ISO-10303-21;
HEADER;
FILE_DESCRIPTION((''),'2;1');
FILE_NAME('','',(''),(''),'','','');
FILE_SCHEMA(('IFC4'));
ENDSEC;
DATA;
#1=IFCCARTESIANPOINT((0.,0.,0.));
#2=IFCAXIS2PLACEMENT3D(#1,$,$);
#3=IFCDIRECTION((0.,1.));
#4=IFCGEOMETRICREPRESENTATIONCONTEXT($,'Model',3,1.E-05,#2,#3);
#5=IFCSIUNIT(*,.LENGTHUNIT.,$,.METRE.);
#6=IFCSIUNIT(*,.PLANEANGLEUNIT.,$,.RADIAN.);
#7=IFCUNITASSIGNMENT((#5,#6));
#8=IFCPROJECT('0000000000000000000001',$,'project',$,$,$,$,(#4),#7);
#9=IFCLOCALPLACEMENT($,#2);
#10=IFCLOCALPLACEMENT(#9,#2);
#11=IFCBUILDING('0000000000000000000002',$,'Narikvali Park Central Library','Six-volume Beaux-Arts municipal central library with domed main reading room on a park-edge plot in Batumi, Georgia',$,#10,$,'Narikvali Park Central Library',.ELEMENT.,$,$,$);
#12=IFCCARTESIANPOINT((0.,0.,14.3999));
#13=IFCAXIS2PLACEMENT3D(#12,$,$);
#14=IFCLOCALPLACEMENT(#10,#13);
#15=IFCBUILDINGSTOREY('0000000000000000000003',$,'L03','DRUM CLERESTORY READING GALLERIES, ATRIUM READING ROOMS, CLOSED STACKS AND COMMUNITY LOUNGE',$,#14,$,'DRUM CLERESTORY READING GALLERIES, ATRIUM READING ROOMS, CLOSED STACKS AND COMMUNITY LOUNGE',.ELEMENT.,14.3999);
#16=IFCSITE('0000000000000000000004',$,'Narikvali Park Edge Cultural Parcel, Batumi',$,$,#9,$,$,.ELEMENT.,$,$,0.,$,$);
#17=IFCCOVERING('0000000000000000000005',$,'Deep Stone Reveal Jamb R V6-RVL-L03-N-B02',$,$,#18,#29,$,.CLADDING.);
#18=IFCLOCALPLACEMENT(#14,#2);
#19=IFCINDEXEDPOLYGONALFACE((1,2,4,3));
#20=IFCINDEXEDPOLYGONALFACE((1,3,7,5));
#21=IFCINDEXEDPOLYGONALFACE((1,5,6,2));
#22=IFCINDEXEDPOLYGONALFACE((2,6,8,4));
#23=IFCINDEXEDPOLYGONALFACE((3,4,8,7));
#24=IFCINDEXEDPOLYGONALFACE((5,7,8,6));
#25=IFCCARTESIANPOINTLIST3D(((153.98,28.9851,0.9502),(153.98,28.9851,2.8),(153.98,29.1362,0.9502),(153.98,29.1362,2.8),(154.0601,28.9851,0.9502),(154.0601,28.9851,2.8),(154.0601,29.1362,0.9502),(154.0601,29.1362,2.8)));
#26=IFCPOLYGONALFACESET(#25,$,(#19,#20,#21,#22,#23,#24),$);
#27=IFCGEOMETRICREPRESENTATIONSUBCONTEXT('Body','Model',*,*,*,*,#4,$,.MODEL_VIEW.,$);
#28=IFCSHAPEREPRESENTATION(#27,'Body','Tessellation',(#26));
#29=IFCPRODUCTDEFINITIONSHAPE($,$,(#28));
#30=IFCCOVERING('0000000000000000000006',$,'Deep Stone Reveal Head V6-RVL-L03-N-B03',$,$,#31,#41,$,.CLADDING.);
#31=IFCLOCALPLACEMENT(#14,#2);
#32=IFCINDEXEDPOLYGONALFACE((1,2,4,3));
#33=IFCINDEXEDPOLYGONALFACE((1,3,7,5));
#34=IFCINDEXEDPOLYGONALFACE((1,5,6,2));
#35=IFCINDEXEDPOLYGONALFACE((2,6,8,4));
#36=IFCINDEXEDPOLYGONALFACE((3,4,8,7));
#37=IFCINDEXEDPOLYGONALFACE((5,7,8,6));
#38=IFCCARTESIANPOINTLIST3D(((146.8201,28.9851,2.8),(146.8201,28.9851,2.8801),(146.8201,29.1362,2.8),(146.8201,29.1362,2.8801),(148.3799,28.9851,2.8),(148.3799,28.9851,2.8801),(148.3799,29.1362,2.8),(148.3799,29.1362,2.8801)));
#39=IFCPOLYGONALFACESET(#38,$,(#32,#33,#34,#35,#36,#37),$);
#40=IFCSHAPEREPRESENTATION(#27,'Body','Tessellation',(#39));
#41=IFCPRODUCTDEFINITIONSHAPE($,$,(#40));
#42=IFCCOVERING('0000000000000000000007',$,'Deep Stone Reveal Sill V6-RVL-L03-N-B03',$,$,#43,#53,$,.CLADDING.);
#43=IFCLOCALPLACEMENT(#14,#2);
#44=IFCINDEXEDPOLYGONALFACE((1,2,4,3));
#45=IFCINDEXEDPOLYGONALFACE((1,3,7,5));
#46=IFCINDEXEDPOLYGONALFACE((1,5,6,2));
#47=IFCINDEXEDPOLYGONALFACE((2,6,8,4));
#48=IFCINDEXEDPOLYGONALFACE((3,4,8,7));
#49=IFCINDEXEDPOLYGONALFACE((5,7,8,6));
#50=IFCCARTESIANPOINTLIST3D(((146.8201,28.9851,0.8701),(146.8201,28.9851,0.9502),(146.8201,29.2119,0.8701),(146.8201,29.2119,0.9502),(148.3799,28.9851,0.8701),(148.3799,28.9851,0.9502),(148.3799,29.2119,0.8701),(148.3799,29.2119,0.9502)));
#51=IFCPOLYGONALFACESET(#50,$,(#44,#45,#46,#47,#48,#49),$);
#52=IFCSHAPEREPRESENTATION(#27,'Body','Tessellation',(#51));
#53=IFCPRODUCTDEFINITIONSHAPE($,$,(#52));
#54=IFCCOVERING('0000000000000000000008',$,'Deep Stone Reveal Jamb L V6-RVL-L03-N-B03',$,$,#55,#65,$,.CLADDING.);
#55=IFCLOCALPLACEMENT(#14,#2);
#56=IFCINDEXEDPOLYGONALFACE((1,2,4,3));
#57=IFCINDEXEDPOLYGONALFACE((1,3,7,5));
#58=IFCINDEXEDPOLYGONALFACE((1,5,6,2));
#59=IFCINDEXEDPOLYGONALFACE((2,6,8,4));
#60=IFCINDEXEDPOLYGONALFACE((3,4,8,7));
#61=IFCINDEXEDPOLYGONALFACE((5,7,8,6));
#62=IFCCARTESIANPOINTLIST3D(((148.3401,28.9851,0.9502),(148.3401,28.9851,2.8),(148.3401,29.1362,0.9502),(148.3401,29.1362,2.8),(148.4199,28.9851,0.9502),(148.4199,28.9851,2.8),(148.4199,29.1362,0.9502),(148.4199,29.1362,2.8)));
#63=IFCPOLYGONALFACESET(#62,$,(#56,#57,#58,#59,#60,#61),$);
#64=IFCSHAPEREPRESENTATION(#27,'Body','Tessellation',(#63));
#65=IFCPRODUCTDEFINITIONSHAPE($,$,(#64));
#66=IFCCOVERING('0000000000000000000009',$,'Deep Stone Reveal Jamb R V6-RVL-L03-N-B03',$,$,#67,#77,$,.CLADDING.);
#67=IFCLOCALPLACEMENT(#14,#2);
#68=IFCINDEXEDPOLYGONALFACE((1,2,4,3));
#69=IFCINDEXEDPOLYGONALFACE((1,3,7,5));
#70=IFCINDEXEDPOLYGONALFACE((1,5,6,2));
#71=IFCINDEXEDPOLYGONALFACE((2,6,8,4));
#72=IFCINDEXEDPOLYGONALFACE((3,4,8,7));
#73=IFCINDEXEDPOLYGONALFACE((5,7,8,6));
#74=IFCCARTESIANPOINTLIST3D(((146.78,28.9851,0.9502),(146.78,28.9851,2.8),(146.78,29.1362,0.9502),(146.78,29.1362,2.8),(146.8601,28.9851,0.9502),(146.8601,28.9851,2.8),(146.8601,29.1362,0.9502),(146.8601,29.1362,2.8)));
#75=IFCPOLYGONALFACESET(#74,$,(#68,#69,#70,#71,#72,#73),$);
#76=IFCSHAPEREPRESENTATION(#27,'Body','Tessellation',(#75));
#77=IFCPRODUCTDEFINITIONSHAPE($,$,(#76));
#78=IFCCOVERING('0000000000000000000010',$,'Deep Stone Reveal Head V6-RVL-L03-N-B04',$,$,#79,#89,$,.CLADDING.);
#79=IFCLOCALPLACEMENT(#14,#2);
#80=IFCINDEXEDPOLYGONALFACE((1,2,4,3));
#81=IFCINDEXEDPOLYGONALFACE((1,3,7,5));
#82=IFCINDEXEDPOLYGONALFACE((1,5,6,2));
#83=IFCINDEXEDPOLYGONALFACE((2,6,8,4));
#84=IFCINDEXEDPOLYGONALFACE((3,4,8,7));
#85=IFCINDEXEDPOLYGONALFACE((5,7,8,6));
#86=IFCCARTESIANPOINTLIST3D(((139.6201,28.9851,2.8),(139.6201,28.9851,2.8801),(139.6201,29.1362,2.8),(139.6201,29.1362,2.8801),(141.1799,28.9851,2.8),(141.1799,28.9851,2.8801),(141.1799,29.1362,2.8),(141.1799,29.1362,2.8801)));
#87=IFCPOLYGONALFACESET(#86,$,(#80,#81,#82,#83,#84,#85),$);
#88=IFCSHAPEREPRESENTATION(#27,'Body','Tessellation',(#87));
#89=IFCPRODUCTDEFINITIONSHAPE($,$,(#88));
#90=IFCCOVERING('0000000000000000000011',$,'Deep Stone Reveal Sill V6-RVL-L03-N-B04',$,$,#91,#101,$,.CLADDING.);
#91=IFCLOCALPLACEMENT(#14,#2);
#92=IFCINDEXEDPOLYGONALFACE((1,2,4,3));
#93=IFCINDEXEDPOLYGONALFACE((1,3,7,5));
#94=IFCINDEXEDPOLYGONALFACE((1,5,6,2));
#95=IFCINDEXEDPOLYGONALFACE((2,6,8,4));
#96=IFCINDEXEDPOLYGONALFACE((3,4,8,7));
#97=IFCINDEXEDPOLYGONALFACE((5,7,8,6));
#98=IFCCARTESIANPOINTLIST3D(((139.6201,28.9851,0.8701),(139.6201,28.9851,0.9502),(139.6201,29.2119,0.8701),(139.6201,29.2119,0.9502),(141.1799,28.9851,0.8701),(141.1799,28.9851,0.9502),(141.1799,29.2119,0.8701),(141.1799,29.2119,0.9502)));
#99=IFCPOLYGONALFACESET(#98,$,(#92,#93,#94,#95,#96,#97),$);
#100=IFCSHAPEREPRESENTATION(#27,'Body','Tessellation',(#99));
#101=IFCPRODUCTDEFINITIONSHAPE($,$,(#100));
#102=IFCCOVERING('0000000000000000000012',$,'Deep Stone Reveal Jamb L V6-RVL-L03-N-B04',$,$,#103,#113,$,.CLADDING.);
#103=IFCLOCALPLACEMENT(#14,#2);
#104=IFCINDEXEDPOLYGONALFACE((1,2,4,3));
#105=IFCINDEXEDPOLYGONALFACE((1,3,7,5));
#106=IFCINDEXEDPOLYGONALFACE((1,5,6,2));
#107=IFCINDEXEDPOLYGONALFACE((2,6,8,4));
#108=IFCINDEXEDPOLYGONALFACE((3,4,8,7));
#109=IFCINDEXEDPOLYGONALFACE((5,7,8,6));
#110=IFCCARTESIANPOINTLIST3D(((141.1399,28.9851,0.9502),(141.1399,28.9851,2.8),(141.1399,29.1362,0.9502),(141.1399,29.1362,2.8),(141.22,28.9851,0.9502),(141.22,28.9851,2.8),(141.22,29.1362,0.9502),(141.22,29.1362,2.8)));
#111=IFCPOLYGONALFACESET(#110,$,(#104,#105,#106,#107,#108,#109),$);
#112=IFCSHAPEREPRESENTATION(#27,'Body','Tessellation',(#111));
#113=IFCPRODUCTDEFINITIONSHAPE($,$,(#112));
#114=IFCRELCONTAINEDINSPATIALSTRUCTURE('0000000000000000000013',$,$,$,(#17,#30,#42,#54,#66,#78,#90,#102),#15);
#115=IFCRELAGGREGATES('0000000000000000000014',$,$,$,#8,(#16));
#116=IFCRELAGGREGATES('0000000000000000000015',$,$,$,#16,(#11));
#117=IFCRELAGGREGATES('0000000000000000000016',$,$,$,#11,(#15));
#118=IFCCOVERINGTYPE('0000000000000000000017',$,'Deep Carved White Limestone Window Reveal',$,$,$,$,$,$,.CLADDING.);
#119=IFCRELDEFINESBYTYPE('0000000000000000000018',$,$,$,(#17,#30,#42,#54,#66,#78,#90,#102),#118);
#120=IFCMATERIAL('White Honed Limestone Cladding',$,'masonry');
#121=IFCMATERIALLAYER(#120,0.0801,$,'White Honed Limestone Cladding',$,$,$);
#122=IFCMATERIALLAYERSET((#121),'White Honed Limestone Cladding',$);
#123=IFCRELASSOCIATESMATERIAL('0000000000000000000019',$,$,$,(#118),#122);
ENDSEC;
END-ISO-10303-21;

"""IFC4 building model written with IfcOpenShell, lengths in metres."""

from ifc_helpers import new_model, si_unit, direction, frame, origin, place, context, subcontext, project, spatial, polyline, outline, extrude, material, layer, layer_set, type_object, element, save


model = new_model("IFC4")

# Units and contexts
model_context = context("Model", 3, precision=1e-05, world=origin(), true_north=direction((0.0, 1.0)))
body_context = subcontext(model_context, "Body", "Model", "MODEL_VIEW")
ifc_project = project(units=[si_unit("LENGTHUNIT", "METRE"), si_unit("PLANEANGLEUNIT", "RADIAN")], contexts=[model_context])

# Site, building, storey
site_placement = place(None, origin())
site = spatial("IfcSite", under=ifc_project, at=site_placement, Name="Narikvali Park Edge Cultural Parcel, Batumi", CompositionType="ELEMENT", RefElevation=0.0)
building_placement = place(site_placement, origin())
building = spatial("IfcBuilding", under=site, at=building_placement, Name="Narikvali Park Central Library", Description="Six-volume Beaux-Arts municipal central library with domed main reading room on a park-edge plot in Batumi, Georgia", LongName="Narikvali Park Central Library", CompositionType="ELEMENT")
storey_placement = place(building_placement, frame((0.0, 0.0, 14.3999)))
storey = spatial("IfcBuildingStorey", under=building, at=storey_placement, Name="L03", Description="DRUM CLERESTORY READING GALLERIES, ATRIUM READING ROOMS, CLOSED STACKS AND COMMUNITY LOUNGE", LongName="DRUM CLERESTORY READING GALLERIES, ATRIUM READING ROOMS, CLOSED STACKS AND COMMUNITY LOUNGE", CompositionType="ELEMENT", Elevation=14.3999)

# Coverings
ifc_material = material(Name="White Honed Limestone Cladding", Category="masonry")
ifc_layer = layer(ifc_material, 0.0801, Name="White Honed Limestone Cladding")
ifc_layer_set = layer_set([ifc_layer], Name="White Honed Limestone Cladding")
covering_type = type_object("IfcCoveringType", Name="Deep Carved White Limestone Window Reveal", PredefinedType="CLADDING", material=ifc_layer_set)
covering_1_placement = place(storey_placement, frame((0.0, 0.0, 0.9502)))
element("IfcCovering", 1, at=covering_1_placement, inside=storey, type_object=covering_type, Name="Deep Stone Reveal Jamb R V6-RVL-L03-N-B02", PredefinedType="CLADDING", context=body_context, shape_type="SweptSolid", body=[
    extrude(outline(polyline([(154.0601, 28.9851), (153.98, 28.9851), (153.98, 29.1362), (154.0601, 29.1362), (154.0601, 28.9851)])), origin(), (0.0, 0.0, 1.0), 1.8499),
])
covering_2_placement = place(storey_placement, frame((0.0, 0.0, 2.8)))
element("IfcCovering", 2, at=covering_2_placement, inside=storey, type_object=covering_type, Name="Deep Stone Reveal Head V6-RVL-L03-N-B03", PredefinedType="CLADDING", context=body_context, shape_type="SweptSolid", body=[
    extrude(outline(polyline([(148.3799, 28.9851), (146.8201, 28.9851), (146.8201, 29.1362), (148.3799, 29.1362), (148.3799, 28.9851)])), origin(), (0.0, 0.0, 1.0), 0.0801),
])
covering_3_placement = place(storey_placement, frame((0.0, 0.0, 0.8701)))
element("IfcCovering", 3, at=covering_3_placement, inside=storey, type_object=covering_type, Name="Deep Stone Reveal Sill V6-RVL-L03-N-B03", PredefinedType="CLADDING", context=body_context, shape_type="SweptSolid", body=[
    extrude(outline(polyline([(148.3799, 28.9851), (146.8201, 28.9851), (146.8201, 29.2119), (148.3799, 29.2119), (148.3799, 28.9851)])), origin(), (0.0, 0.0, 1.0), 0.0801),
])
covering_4_placement = place(storey_placement, frame((0.0, 0.0, 0.9502)))
element("IfcCovering", 4, at=covering_4_placement, inside=storey, type_object=covering_type, Name="Deep Stone Reveal Jamb L V6-RVL-L03-N-B03", PredefinedType="CLADDING", context=body_context, shape_type="SweptSolid", body=[
    extrude(outline(polyline([(148.4199, 28.9851), (148.3401, 28.9851), (148.3401, 29.1362), (148.4199, 29.1362), (148.4199, 28.9851)])), origin(), (0.0, 0.0, 1.0), 1.8499),
])
covering_5_placement = place(storey_placement, frame((0.0, 0.0, 0.9502)))
element("IfcCovering", 5, at=covering_5_placement, inside=storey, type_object=covering_type, Name="Deep Stone Reveal Jamb R V6-RVL-L03-N-B03", PredefinedType="CLADDING", context=body_context, shape_type="SweptSolid", body=[
    extrude(outline(polyline([(146.8601, 28.9851), (146.78, 28.9851), (146.78, 29.1362), (146.8601, 29.1362), (146.8601, 28.9851)])), origin(), (0.0, 0.0, 1.0), 1.8499),
])
covering_6_placement = place(storey_placement, frame((0.0, 0.0, 2.8)))
element("IfcCovering", 6, at=covering_6_placement, inside=storey, type_object=covering_type, Name="Deep Stone Reveal Head V6-RVL-L03-N-B04", PredefinedType="CLADDING", context=body_context, shape_type="SweptSolid", body=[
    extrude(outline(polyline([(141.1799, 28.9851), (139.6201, 28.9851), (139.6201, 29.1362), (141.1799, 29.1362), (141.1799, 28.9851)])), origin(), (0.0, 0.0, 1.0), 0.0801),
])
covering_7_placement = place(storey_placement, frame((0.0, 0.0, 0.8701)))
element("IfcCovering", 7, at=covering_7_placement, inside=storey, type_object=covering_type, Name="Deep Stone Reveal Sill V6-RVL-L03-N-B04", PredefinedType="CLADDING", context=body_context, shape_type="SweptSolid", body=[
    extrude(outline(polyline([(141.1799, 28.9851), (139.6201, 28.9851), (139.6201, 29.2119), (141.1799, 29.2119), (141.1799, 28.9851)])), origin(), (0.0, 0.0, 1.0), 0.0801),
])
covering_8_placement = place(storey_placement, frame((0.0, 0.0, 0.9502)))
element("IfcCovering", 8, at=covering_8_placement, inside=storey, type_object=covering_type, Name="Deep Stone Reveal Jamb L V6-RVL-L03-N-B04", PredefinedType="CLADDING", context=body_context, shape_type="SweptSolid", body=[
    extrude(outline(polyline([(141.22, 28.9851), (141.1399, 28.9851), (141.1399, 29.1362), (141.22, 29.1362), (141.22, 28.9851)])), origin(), (0.0, 0.0, 1.0), 1.8499),
])

save(model, "model.ifc")
